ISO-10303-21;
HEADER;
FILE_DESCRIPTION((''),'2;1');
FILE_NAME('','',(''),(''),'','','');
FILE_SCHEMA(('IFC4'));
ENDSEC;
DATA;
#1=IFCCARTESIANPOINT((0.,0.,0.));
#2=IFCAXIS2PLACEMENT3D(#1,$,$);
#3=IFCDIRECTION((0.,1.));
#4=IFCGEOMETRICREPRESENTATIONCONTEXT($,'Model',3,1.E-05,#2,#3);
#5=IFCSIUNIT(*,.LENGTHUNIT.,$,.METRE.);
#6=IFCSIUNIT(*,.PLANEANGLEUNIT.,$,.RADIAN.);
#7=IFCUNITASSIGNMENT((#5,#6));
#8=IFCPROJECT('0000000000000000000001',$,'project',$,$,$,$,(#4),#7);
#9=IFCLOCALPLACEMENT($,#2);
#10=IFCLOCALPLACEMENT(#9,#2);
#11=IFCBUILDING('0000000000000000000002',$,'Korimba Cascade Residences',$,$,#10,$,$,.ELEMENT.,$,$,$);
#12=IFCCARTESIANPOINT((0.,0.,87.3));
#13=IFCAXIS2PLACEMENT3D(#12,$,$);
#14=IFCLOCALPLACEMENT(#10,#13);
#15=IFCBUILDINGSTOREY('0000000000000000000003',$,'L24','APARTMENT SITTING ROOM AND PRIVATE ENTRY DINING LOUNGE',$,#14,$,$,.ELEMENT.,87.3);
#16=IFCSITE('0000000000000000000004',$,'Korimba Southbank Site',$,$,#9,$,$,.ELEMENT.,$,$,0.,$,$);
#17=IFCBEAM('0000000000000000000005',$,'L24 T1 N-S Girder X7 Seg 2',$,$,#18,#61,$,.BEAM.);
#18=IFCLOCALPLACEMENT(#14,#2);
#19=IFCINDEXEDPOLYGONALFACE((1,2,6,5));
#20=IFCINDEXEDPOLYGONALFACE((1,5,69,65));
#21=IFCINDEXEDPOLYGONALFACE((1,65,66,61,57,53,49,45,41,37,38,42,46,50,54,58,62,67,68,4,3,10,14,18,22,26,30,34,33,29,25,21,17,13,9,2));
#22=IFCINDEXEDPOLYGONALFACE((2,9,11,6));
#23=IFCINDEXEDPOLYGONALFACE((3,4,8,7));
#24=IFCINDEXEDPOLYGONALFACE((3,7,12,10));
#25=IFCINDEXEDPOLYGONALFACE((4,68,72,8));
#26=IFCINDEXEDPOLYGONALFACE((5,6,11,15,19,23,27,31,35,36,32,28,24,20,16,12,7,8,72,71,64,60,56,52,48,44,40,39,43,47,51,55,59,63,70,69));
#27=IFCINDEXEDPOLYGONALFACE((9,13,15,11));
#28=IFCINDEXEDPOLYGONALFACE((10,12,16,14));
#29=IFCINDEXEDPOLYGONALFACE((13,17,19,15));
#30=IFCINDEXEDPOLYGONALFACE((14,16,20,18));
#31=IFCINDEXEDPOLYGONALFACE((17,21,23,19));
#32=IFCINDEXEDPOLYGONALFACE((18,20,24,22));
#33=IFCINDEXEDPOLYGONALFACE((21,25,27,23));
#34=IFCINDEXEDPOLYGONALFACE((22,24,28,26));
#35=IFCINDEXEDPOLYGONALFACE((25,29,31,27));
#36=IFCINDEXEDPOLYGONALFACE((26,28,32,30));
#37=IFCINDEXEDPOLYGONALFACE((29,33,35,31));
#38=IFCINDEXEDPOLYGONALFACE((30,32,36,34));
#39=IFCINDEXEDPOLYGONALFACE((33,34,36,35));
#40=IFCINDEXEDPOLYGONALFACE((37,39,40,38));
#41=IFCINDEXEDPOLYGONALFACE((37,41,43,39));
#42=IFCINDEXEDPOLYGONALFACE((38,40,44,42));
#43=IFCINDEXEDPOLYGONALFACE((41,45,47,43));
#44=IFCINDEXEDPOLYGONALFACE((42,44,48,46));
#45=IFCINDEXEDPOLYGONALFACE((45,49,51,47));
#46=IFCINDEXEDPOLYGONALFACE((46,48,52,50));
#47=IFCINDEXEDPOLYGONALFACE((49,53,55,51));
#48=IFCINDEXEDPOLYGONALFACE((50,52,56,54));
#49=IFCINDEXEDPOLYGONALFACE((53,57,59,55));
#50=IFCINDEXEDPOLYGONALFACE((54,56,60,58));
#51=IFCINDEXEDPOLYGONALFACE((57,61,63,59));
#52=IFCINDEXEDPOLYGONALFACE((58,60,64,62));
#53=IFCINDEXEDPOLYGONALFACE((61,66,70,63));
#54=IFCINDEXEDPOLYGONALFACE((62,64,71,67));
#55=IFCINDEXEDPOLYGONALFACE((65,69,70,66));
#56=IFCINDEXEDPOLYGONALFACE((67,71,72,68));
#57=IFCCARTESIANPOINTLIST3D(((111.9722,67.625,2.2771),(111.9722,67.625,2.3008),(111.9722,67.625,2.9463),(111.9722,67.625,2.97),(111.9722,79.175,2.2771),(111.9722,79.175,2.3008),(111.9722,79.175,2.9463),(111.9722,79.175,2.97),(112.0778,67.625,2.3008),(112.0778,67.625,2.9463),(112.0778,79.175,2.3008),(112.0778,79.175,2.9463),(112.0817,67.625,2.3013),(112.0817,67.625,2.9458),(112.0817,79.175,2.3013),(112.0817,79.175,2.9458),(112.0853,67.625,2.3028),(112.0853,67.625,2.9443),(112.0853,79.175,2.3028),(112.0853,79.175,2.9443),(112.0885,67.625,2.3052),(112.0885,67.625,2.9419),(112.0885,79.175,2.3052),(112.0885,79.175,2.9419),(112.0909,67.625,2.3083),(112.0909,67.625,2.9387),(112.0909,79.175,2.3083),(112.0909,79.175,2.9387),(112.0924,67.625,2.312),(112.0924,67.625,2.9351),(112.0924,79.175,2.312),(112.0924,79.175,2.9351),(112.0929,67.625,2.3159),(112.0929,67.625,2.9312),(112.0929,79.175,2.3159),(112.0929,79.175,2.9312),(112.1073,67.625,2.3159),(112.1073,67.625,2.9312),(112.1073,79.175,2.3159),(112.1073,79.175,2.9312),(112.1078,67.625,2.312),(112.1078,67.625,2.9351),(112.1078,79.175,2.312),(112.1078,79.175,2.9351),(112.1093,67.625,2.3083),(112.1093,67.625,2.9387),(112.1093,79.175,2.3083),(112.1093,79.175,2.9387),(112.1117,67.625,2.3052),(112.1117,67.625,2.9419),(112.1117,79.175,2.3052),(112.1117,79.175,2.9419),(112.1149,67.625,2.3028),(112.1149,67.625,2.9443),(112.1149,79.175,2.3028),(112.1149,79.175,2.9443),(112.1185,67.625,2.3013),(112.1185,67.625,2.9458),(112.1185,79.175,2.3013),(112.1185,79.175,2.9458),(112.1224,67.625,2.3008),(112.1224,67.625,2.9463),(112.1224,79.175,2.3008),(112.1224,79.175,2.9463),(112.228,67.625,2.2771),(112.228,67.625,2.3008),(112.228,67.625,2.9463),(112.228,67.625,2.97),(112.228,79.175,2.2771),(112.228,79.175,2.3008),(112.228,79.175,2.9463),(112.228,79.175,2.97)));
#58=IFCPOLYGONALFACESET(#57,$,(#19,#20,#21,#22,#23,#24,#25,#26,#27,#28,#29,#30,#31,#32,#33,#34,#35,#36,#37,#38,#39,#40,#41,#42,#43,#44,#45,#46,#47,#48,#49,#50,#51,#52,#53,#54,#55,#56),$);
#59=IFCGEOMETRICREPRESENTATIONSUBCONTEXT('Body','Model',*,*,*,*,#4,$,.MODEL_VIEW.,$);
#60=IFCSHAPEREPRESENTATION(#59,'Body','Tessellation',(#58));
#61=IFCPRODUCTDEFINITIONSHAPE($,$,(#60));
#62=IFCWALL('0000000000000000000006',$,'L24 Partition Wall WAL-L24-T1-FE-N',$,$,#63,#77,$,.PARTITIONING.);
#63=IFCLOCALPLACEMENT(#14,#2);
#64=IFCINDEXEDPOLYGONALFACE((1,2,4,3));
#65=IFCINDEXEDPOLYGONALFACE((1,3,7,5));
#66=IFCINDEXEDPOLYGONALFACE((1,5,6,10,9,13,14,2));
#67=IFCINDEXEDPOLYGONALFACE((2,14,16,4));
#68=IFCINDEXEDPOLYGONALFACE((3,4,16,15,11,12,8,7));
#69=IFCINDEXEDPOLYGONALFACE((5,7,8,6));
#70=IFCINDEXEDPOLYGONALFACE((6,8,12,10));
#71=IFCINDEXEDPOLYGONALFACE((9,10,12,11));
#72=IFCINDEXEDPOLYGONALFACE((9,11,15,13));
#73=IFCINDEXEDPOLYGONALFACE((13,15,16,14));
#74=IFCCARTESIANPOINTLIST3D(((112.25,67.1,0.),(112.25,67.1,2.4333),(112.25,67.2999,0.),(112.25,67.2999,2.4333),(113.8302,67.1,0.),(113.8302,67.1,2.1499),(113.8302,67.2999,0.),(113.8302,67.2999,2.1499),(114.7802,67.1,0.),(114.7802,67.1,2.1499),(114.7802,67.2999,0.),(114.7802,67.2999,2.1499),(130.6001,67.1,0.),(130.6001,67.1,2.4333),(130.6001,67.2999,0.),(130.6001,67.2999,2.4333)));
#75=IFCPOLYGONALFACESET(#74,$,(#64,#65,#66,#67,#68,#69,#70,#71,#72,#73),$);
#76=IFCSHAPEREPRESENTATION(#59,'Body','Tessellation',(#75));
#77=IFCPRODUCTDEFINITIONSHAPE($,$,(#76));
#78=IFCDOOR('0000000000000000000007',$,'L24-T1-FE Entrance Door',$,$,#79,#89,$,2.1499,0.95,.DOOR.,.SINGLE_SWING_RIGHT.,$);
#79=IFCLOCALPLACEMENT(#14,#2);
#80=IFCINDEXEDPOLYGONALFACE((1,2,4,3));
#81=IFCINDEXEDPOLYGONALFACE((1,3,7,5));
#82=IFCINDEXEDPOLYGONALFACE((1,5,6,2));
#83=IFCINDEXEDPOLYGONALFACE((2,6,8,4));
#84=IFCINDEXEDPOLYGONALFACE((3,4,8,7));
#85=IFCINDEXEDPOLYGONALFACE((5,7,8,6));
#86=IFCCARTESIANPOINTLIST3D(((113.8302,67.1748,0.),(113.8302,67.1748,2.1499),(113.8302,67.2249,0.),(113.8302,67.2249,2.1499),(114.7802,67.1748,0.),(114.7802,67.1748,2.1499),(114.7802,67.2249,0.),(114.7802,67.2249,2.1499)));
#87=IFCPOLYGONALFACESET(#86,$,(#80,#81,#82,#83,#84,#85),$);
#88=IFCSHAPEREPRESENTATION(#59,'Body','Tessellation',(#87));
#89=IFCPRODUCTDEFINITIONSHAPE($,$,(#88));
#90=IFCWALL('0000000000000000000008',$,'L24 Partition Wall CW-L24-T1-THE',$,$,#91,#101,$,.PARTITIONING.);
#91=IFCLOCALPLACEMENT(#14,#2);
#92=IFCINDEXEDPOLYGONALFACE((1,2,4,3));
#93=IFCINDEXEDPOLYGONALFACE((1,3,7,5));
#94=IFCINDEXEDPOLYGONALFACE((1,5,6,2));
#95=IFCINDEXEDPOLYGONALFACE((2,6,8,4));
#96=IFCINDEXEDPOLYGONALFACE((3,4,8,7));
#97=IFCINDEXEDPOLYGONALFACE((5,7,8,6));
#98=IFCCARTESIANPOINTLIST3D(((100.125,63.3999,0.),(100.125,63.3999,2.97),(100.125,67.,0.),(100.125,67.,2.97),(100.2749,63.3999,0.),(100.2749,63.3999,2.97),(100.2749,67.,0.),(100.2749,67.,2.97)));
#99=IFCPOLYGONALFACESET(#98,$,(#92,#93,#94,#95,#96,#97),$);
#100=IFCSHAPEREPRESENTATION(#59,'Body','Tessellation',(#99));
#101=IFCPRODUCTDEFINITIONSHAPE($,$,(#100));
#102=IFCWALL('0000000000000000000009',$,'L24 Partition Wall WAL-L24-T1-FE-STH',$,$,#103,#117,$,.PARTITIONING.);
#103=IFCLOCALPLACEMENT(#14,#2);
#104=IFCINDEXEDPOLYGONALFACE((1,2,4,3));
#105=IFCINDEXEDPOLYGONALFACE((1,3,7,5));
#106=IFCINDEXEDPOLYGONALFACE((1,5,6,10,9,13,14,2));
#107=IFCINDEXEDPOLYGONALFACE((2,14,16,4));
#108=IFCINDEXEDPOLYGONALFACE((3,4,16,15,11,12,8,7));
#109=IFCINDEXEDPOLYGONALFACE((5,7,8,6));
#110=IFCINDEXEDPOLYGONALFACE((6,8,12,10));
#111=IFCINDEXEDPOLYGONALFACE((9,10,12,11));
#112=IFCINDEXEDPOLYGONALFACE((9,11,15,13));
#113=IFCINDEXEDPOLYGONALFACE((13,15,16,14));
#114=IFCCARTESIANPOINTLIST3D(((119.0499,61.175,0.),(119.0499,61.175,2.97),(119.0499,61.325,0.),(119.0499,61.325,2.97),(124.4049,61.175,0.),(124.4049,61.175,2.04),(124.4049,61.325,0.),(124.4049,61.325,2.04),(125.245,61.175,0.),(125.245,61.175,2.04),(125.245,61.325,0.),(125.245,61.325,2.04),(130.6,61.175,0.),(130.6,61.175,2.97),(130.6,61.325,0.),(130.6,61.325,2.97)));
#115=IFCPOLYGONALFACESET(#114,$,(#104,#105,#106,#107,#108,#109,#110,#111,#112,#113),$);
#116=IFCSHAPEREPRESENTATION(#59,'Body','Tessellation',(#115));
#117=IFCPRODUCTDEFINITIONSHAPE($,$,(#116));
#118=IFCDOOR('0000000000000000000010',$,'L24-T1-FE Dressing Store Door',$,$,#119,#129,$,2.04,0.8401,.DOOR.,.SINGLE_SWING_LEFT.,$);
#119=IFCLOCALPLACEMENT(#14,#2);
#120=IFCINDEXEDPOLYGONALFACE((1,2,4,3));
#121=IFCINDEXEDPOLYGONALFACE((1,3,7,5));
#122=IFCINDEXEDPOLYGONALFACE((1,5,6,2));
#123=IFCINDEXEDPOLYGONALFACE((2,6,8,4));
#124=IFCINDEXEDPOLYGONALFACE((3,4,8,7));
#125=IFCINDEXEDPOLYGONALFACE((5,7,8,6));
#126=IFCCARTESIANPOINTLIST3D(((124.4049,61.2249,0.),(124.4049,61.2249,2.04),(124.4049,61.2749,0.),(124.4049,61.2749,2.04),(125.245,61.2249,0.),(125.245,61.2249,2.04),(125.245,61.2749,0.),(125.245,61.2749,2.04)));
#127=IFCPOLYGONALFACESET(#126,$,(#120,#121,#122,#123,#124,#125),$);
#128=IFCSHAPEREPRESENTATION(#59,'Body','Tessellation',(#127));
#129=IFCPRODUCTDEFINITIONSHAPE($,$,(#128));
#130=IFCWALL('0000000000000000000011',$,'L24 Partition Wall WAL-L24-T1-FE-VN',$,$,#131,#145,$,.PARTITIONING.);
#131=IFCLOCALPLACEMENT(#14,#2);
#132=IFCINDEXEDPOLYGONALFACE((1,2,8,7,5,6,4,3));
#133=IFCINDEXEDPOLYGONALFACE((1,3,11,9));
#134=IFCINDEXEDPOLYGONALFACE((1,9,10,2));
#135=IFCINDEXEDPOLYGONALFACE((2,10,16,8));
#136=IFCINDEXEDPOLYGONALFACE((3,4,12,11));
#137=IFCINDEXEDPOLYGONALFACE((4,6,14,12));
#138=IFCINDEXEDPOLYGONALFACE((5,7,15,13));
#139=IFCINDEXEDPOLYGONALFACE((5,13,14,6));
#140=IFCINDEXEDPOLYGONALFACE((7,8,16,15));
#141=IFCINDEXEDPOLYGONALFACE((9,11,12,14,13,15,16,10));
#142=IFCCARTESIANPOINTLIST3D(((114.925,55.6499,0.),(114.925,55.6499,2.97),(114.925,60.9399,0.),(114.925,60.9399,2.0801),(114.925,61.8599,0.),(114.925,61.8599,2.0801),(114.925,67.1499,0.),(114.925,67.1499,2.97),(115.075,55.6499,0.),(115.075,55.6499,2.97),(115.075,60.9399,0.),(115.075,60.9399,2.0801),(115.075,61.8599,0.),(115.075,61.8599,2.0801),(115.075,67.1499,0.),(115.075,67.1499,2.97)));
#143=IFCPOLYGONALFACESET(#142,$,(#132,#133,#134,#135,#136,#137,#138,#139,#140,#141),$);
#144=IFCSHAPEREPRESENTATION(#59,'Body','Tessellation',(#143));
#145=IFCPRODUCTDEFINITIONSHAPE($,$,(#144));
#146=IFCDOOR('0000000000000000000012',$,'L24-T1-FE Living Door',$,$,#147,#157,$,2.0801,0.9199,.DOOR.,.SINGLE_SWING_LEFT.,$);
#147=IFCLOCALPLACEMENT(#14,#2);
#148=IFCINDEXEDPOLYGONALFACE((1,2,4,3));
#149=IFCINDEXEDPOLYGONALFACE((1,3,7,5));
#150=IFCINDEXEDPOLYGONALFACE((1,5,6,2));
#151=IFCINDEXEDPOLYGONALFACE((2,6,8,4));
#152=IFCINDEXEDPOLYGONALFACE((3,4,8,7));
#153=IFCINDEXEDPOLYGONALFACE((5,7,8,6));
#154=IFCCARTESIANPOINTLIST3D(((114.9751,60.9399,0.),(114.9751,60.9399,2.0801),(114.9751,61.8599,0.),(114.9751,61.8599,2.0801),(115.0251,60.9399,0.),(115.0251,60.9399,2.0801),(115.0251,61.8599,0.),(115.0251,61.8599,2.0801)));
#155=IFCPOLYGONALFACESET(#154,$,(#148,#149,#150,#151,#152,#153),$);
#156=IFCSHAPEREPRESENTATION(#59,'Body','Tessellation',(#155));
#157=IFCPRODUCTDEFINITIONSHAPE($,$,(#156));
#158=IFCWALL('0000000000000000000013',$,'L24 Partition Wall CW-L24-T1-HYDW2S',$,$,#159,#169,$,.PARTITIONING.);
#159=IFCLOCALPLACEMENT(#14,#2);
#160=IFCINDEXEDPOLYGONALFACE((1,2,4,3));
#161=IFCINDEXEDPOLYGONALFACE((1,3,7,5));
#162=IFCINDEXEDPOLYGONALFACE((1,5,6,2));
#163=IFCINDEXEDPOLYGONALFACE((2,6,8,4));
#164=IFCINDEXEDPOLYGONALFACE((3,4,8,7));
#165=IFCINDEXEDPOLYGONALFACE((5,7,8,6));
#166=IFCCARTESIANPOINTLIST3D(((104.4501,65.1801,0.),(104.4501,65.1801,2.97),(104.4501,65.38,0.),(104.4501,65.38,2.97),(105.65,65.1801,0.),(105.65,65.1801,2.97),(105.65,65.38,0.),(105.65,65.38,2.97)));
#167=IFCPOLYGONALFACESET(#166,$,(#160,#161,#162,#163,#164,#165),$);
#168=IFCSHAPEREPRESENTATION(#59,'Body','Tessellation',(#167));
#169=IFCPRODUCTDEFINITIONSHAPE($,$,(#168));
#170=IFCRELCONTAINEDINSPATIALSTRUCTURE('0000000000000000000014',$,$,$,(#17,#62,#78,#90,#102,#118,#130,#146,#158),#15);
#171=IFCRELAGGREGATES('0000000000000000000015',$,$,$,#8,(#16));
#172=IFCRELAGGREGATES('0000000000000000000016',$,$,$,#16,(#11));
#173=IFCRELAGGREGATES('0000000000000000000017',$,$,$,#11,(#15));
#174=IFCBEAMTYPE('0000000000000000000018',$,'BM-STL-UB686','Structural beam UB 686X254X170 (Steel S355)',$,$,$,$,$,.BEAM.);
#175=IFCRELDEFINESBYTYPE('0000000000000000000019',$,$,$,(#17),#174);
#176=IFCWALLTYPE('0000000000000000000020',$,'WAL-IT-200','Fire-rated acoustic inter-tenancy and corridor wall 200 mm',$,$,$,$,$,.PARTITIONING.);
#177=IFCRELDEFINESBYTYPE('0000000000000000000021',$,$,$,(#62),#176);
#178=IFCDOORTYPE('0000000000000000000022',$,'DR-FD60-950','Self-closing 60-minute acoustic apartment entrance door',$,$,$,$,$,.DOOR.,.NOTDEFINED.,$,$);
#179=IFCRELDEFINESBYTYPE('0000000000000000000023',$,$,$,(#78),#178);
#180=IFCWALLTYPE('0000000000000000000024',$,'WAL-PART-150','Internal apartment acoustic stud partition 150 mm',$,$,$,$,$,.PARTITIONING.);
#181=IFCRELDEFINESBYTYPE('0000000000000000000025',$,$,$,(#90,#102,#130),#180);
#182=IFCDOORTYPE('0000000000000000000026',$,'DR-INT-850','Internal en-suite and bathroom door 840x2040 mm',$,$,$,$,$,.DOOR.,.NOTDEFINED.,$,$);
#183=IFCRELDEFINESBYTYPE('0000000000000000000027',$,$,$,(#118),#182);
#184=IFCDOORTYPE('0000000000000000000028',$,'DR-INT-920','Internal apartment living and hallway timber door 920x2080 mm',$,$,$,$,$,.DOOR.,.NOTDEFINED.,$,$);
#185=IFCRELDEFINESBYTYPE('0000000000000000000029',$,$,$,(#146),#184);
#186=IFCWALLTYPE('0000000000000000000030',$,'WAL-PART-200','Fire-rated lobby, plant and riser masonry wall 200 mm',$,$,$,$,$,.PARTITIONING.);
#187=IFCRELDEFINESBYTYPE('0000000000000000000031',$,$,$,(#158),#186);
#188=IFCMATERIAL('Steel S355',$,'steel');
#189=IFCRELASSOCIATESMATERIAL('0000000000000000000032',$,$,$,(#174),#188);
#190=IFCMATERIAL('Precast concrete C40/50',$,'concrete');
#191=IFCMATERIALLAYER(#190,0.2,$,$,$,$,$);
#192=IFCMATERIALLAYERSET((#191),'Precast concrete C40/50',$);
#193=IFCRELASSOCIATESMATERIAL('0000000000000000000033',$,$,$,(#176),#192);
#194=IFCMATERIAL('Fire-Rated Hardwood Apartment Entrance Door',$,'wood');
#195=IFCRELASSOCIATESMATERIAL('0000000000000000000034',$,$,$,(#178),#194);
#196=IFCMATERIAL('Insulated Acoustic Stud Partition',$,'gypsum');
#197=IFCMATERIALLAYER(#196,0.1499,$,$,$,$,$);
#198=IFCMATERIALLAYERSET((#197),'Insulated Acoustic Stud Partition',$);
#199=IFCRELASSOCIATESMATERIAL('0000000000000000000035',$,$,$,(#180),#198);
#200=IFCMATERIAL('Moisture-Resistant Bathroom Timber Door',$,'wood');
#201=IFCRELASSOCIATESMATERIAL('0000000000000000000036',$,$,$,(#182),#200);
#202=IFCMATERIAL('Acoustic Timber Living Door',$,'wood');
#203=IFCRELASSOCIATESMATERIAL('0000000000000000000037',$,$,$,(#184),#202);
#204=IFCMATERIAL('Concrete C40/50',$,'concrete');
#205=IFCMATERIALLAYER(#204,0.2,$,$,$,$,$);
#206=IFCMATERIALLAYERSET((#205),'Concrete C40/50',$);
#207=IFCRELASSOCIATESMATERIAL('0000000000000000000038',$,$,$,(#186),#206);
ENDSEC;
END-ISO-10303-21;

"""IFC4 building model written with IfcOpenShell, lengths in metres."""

from ifc_helpers import new_model, si_unit, direction, frame, frame_2d, origin, origin_2d, place, context, subcontext, project, spatial, rectangle, i_section, extrude, material, layer, layer_set, material_profile, profile_set, type_object, element, fill, save


model = new_model("IFC4")

# Units and contexts
model_context = context("Model", 3, precision=1e-05, world=origin(), true_north=direction((0.0, 1.0)))
body_context = subcontext(model_context, "Body", "Model", "MODEL_VIEW")
ifc_project = project(units=[si_unit("LENGTHUNIT", "METRE"), si_unit("PLANEANGLEUNIT", "RADIAN")], contexts=[model_context])

# Site, building, storey
site_placement = place(None, origin())
site = spatial("IfcSite", under=ifc_project, at=site_placement, Name="Korimba Southbank Site", CompositionType="ELEMENT", RefElevation=0.0)
building_placement = place(site_placement, origin())
building = spatial("IfcBuilding", under=site, at=building_placement, Name="Korimba Cascade Residences", CompositionType="ELEMENT")
storey_placement = place(building_placement, frame((0.0, 0.0, 87.3)))
storey = spatial("IfcBuildingStorey", under=building, at=storey_placement, Name="L24", Description="APARTMENT SITTING ROOM AND PRIVATE ENTRY DINING LOUNGE", CompositionType="ELEMENT", Elevation=87.3)

# Beam
ifc_material_1 = material(Name="Steel S355", Category="steel")
ifc_material_profile_1 = material_profile(ifc_material_1, i_section(OverallWidth=0.2559, OverallDepth=0.6929, WebThickness=0.0144, FlangeThickness=0.0237, FilletRadius=0.0151, at=origin_2d()), Name="Steel S355")
ifc_profile_set_1 = profile_set([ifc_material_profile_1], Name="Steel S355")
beam_type_1 = type_object("IfcBeamType", Name="BM-STL-UB686", Description="Structural beam UB 686X254X170 (Steel S355)", PredefinedType="BEAM", material=ifc_profile_set_1)
for number, where, z_axis, x_axis, name in (
    (1, (112.1001, 67.625, 2.6235), (0.0, 1.0, 0.0), (-1.0, 0.0, 0.0), "L24 T1 N-S Girder X7 Seg 2"),
):
    element("IfcBeam", number, at=place(storey_placement, frame(where, z_axis=z_axis, x_axis=x_axis)), inside=storey, type_object=beam_type_1, Name=name, PredefinedType="BEAM", context=body_context, shape_type="SweptSolid", body=[
        extrude(i_section(OverallWidth=0.2559, OverallDepth=0.6929, WebThickness=0.0144, FlangeThickness=0.0237, FilletRadius=0.0151, at=origin_2d()), origin(), (0.0, 0.0, 1.0), 11.55),
    ])

# Wall, opening, door
ifc_material_2 = material(Name="Precast concrete C40/50", Category="concrete")
ifc_layer_1 = layer(ifc_material_2, 0.2)
ifc_layer_set_1 = layer_set([ifc_layer_1], Name="Precast concrete C40/50")
wall_type_1 = type_object("IfcWallType", Name="WAL-IT-200", Description="Fire-rated acoustic inter-tenancy and corridor wall 200 mm", PredefinedType="PARTITIONING", material=ifc_layer_set_1)
wall_1_placement = place(storey_placement, frame((112.25, 67.2, 0.0), z_axis=(0.0, 0.0, 1.0), x_axis=(1.0, 0.0, 0.0)))
wall_1 = element("IfcWall", 2, at=wall_1_placement, inside=storey, type_object=wall_type_1, Name="L24 Partition Wall WAL-L24-T1-FE-N", PredefinedType="PARTITIONING", context=body_context, shape_type="SweptSolid", body=[
    extrude(rectangle(XDim=18.3501, YDim=0.2, at=frame_2d((9.175, 0.0))), origin(), (0.0, 0.0, 1.0), 2.4333),
])
opening_1_placement = place(wall_1_placement, frame((1.5801, 0.0, 0.0)))
opening_1 = element("IfcOpeningElement", 3, at=opening_1_placement, cuts=wall_1, PredefinedType="OPENING", context=body_context, shape_type="SweptSolid", body=[
    extrude(rectangle(XDim=0.95, YDim=2.1499, at=frame_2d((0.4751, 1.075))), frame((0.0, 0.1099, 0.0), z_axis=(0.0, -1.0, 0.0), x_axis=(1.0, 0.0, 0.0)), (0.0, 0.0, 1.0), 0.22),
])
ifc_material_3 = material(Name="Fire-Rated Hardwood Apartment Entrance Door", Category="wood")
door_type_1 = type_object("IfcDoorType", Name="DR-FD60-950", Description="Self-closing 60-minute acoustic apartment entrance door", OperationType="NOTDEFINED", PredefinedType="DOOR", material=ifc_material_3)
door_1_placement = place(opening_1_placement, origin())
door_1 = element("IfcDoor", 4, at=door_1_placement, inside=storey, type_object=door_type_1, Name="L24-T1-FE Entrance Door", OperationType="SINGLE_SWING_RIGHT", OverallHeight=2.1499, OverallWidth=0.95, PredefinedType="DOOR", context=body_context, shape_type="SweptSolid", body=[
    extrude(rectangle(XDim=0.95, YDim=2.1499, at=frame_2d((0.4751, 1.075))), frame((0.0, 0.0249, 0.0), z_axis=(0.0, -1.0, 0.0), x_axis=(1.0, 0.0, 0.0)), (0.0, 0.0, 1.0), 0.05),
])
fill(opening_1, door_1)

# Wall
ifc_material_4 = material(Name="Insulated Acoustic Stud Partition", Category="gypsum")
ifc_layer_2 = layer(ifc_material_4, 0.1499)
ifc_layer_set_2 = layer_set([ifc_layer_2], Name="Insulated Acoustic Stud Partition")
wall_type_2 = type_object("IfcWallType", Name="WAL-PART-150", Description="Internal apartment acoustic stud partition 150 mm", PredefinedType="PARTITIONING", material=ifc_layer_set_2)
wall_2_placement = place(storey_placement, frame((100.2, 63.3999, 0.0), z_axis=(0.0, 0.0, 1.0), x_axis=(0.0, 1.0, 0.0)))
element("IfcWall", 5, at=wall_2_placement, inside=storey, type_object=wall_type_2, Name="L24 Partition Wall CW-L24-T1-THE", PredefinedType="PARTITIONING", context=body_context, shape_type="SweptSolid", body=[
    extrude(rectangle(XDim=3.6001, YDim=0.1499, at=frame_2d((1.8, 0.0))), origin(), (0.0, 0.0, 1.0), 2.97),
])

# Walls, openings, doors
wall_3_placement = place(storey_placement, frame((119.05, 61.25, 0.0), z_axis=(0.0, 0.0, 1.0), x_axis=(1.0, 0.0, 0.0)))
wall_3 = element("IfcWall", 6, at=wall_3_placement, inside=storey, type_object=wall_type_2, Name="L24 Partition Wall WAL-L24-T1-FE-STH", PredefinedType="PARTITIONING", context=body_context, shape_type="SweptSolid", body=[
    extrude(rectangle(XDim=11.55, YDim=0.1499, at=frame_2d((5.7749, 0.0))), origin(), (0.0, 0.0, 1.0), 2.97),
])
opening_2_placement = place(wall_3_placement, frame((5.355, 0.0, 0.0)))
opening_2 = element("IfcOpeningElement", 7, at=opening_2_placement, cuts=wall_3, PredefinedType="OPENING", context=body_context, shape_type="SweptSolid", body=[
    extrude(rectangle(XDim=0.8401, YDim=2.04, at=frame_2d((0.4199, 1.02))), frame((0.0, 0.085, 0.0), z_axis=(0.0, -1.0, 0.0), x_axis=(1.0, 0.0, 0.0)), (0.0, 0.0, 1.0), 0.1699),
])
ifc_material_5 = material(Name="Moisture-Resistant Bathroom Timber Door", Category="wood")
door_type_2 = type_object("IfcDoorType", Name="DR-INT-850", Description="Internal en-suite and bathroom door 840x2040 mm", OperationType="NOTDEFINED", PredefinedType="DOOR", material=ifc_material_5)
door_2_placement = place(opening_2_placement, origin())
door_2 = element("IfcDoor", 8, at=door_2_placement, inside=storey, type_object=door_type_2, Name="L24-T1-FE Dressing Store Door", OperationType="SINGLE_SWING_LEFT", OverallHeight=2.04, OverallWidth=0.8401, PredefinedType="DOOR", context=body_context, shape_type="SweptSolid", body=[
    extrude(rectangle(XDim=0.8401, YDim=2.04, at=frame_2d((0.4199, 1.02))), frame((0.0, 0.0249, 0.0), z_axis=(0.0, -1.0, 0.0), x_axis=(1.0, 0.0, 0.0)), (0.0, 0.0, 1.0), 0.05),
])
fill(opening_2, door_2)
wall_4_placement = place(storey_placement, frame((115.0, 55.6499, 0.0), z_axis=(0.0, 0.0, 1.0), x_axis=(0.0, 1.0, 0.0)))
wall_4 = element("IfcWall", 9, at=wall_4_placement, inside=storey, type_object=wall_type_2, Name="L24 Partition Wall WAL-L24-T1-FE-VN", PredefinedType="PARTITIONING", context=body_context, shape_type="SweptSolid", body=[
    extrude(rectangle(XDim=11.5, YDim=0.1499, at=frame_2d((5.75, 0.0))), origin(), (0.0, 0.0, 1.0), 2.97),
])
opening_3_placement = place(wall_4_placement, frame((5.29, 0.0, 0.0)))
opening_3 = element("IfcOpeningElement", 10, at=opening_3_placement, cuts=wall_4, PredefinedType="OPENING", context=body_context, shape_type="SweptSolid", body=[
    extrude(rectangle(XDim=0.9199, YDim=2.0801, at=frame_2d((0.46, 1.04))), frame((0.0, 0.085, 0.0), z_axis=(0.0, -1.0, 0.0), x_axis=(1.0, 0.0, 0.0)), (0.0, 0.0, 1.0), 0.1699),
])
ifc_material_6 = material(Name="Acoustic Timber Living Door", Category="wood")
door_type_3 = type_object("IfcDoorType", Name="DR-INT-920", Description="Internal apartment living and hallway timber door 920x2080 mm", OperationType="NOTDEFINED", PredefinedType="DOOR", material=ifc_material_6)
door_3_placement = place(opening_3_placement, origin())
door_3 = element("IfcDoor", 11, at=door_3_placement, inside=storey, type_object=door_type_3, Name="L24-T1-FE Living Door", OperationType="SINGLE_SWING_LEFT", OverallHeight=2.0801, OverallWidth=0.9199, PredefinedType="DOOR", context=body_context, shape_type="SweptSolid", body=[
    extrude(rectangle(XDim=0.9199, YDim=2.0801, at=frame_2d((0.46, 1.04))), frame((0.0, 0.0249, 0.0), z_axis=(0.0, -1.0, 0.0), x_axis=(1.0, 0.0, 0.0)), (0.0, 0.0, 1.0), 0.05),
])
fill(opening_3, door_3)

# Wall
ifc_material_7 = material(Name="Concrete C40/50", Category="concrete")
ifc_layer_3 = layer(ifc_material_7, 0.2)
ifc_layer_set_3 = layer_set([ifc_layer_3], Name="Concrete C40/50")
wall_type_3 = type_object("IfcWallType", Name="WAL-PART-200", Description="Fire-rated lobby, plant and riser masonry wall 200 mm", PredefinedType="PARTITIONING", material=ifc_layer_set_3)
wall_5_placement = place(storey_placement, frame((104.45, 65.28, 0.0), z_axis=(0.0, 0.0, 1.0), x_axis=(1.0, 0.0, 0.0)))
element("IfcWall", 12, at=wall_5_placement, inside=storey, type_object=wall_type_3, Name="L24 Partition Wall CW-L24-T1-HYDW2S", PredefinedType="PARTITIONING", context=body_context, shape_type="SweptSolid", body=[
    extrude(rectangle(XDim=1.2, YDim=0.2, at=frame_2d((0.6001, 0.0))), origin(), (0.0, 0.0, 1.0), 2.97),
])

save(model, "model.ifc")
